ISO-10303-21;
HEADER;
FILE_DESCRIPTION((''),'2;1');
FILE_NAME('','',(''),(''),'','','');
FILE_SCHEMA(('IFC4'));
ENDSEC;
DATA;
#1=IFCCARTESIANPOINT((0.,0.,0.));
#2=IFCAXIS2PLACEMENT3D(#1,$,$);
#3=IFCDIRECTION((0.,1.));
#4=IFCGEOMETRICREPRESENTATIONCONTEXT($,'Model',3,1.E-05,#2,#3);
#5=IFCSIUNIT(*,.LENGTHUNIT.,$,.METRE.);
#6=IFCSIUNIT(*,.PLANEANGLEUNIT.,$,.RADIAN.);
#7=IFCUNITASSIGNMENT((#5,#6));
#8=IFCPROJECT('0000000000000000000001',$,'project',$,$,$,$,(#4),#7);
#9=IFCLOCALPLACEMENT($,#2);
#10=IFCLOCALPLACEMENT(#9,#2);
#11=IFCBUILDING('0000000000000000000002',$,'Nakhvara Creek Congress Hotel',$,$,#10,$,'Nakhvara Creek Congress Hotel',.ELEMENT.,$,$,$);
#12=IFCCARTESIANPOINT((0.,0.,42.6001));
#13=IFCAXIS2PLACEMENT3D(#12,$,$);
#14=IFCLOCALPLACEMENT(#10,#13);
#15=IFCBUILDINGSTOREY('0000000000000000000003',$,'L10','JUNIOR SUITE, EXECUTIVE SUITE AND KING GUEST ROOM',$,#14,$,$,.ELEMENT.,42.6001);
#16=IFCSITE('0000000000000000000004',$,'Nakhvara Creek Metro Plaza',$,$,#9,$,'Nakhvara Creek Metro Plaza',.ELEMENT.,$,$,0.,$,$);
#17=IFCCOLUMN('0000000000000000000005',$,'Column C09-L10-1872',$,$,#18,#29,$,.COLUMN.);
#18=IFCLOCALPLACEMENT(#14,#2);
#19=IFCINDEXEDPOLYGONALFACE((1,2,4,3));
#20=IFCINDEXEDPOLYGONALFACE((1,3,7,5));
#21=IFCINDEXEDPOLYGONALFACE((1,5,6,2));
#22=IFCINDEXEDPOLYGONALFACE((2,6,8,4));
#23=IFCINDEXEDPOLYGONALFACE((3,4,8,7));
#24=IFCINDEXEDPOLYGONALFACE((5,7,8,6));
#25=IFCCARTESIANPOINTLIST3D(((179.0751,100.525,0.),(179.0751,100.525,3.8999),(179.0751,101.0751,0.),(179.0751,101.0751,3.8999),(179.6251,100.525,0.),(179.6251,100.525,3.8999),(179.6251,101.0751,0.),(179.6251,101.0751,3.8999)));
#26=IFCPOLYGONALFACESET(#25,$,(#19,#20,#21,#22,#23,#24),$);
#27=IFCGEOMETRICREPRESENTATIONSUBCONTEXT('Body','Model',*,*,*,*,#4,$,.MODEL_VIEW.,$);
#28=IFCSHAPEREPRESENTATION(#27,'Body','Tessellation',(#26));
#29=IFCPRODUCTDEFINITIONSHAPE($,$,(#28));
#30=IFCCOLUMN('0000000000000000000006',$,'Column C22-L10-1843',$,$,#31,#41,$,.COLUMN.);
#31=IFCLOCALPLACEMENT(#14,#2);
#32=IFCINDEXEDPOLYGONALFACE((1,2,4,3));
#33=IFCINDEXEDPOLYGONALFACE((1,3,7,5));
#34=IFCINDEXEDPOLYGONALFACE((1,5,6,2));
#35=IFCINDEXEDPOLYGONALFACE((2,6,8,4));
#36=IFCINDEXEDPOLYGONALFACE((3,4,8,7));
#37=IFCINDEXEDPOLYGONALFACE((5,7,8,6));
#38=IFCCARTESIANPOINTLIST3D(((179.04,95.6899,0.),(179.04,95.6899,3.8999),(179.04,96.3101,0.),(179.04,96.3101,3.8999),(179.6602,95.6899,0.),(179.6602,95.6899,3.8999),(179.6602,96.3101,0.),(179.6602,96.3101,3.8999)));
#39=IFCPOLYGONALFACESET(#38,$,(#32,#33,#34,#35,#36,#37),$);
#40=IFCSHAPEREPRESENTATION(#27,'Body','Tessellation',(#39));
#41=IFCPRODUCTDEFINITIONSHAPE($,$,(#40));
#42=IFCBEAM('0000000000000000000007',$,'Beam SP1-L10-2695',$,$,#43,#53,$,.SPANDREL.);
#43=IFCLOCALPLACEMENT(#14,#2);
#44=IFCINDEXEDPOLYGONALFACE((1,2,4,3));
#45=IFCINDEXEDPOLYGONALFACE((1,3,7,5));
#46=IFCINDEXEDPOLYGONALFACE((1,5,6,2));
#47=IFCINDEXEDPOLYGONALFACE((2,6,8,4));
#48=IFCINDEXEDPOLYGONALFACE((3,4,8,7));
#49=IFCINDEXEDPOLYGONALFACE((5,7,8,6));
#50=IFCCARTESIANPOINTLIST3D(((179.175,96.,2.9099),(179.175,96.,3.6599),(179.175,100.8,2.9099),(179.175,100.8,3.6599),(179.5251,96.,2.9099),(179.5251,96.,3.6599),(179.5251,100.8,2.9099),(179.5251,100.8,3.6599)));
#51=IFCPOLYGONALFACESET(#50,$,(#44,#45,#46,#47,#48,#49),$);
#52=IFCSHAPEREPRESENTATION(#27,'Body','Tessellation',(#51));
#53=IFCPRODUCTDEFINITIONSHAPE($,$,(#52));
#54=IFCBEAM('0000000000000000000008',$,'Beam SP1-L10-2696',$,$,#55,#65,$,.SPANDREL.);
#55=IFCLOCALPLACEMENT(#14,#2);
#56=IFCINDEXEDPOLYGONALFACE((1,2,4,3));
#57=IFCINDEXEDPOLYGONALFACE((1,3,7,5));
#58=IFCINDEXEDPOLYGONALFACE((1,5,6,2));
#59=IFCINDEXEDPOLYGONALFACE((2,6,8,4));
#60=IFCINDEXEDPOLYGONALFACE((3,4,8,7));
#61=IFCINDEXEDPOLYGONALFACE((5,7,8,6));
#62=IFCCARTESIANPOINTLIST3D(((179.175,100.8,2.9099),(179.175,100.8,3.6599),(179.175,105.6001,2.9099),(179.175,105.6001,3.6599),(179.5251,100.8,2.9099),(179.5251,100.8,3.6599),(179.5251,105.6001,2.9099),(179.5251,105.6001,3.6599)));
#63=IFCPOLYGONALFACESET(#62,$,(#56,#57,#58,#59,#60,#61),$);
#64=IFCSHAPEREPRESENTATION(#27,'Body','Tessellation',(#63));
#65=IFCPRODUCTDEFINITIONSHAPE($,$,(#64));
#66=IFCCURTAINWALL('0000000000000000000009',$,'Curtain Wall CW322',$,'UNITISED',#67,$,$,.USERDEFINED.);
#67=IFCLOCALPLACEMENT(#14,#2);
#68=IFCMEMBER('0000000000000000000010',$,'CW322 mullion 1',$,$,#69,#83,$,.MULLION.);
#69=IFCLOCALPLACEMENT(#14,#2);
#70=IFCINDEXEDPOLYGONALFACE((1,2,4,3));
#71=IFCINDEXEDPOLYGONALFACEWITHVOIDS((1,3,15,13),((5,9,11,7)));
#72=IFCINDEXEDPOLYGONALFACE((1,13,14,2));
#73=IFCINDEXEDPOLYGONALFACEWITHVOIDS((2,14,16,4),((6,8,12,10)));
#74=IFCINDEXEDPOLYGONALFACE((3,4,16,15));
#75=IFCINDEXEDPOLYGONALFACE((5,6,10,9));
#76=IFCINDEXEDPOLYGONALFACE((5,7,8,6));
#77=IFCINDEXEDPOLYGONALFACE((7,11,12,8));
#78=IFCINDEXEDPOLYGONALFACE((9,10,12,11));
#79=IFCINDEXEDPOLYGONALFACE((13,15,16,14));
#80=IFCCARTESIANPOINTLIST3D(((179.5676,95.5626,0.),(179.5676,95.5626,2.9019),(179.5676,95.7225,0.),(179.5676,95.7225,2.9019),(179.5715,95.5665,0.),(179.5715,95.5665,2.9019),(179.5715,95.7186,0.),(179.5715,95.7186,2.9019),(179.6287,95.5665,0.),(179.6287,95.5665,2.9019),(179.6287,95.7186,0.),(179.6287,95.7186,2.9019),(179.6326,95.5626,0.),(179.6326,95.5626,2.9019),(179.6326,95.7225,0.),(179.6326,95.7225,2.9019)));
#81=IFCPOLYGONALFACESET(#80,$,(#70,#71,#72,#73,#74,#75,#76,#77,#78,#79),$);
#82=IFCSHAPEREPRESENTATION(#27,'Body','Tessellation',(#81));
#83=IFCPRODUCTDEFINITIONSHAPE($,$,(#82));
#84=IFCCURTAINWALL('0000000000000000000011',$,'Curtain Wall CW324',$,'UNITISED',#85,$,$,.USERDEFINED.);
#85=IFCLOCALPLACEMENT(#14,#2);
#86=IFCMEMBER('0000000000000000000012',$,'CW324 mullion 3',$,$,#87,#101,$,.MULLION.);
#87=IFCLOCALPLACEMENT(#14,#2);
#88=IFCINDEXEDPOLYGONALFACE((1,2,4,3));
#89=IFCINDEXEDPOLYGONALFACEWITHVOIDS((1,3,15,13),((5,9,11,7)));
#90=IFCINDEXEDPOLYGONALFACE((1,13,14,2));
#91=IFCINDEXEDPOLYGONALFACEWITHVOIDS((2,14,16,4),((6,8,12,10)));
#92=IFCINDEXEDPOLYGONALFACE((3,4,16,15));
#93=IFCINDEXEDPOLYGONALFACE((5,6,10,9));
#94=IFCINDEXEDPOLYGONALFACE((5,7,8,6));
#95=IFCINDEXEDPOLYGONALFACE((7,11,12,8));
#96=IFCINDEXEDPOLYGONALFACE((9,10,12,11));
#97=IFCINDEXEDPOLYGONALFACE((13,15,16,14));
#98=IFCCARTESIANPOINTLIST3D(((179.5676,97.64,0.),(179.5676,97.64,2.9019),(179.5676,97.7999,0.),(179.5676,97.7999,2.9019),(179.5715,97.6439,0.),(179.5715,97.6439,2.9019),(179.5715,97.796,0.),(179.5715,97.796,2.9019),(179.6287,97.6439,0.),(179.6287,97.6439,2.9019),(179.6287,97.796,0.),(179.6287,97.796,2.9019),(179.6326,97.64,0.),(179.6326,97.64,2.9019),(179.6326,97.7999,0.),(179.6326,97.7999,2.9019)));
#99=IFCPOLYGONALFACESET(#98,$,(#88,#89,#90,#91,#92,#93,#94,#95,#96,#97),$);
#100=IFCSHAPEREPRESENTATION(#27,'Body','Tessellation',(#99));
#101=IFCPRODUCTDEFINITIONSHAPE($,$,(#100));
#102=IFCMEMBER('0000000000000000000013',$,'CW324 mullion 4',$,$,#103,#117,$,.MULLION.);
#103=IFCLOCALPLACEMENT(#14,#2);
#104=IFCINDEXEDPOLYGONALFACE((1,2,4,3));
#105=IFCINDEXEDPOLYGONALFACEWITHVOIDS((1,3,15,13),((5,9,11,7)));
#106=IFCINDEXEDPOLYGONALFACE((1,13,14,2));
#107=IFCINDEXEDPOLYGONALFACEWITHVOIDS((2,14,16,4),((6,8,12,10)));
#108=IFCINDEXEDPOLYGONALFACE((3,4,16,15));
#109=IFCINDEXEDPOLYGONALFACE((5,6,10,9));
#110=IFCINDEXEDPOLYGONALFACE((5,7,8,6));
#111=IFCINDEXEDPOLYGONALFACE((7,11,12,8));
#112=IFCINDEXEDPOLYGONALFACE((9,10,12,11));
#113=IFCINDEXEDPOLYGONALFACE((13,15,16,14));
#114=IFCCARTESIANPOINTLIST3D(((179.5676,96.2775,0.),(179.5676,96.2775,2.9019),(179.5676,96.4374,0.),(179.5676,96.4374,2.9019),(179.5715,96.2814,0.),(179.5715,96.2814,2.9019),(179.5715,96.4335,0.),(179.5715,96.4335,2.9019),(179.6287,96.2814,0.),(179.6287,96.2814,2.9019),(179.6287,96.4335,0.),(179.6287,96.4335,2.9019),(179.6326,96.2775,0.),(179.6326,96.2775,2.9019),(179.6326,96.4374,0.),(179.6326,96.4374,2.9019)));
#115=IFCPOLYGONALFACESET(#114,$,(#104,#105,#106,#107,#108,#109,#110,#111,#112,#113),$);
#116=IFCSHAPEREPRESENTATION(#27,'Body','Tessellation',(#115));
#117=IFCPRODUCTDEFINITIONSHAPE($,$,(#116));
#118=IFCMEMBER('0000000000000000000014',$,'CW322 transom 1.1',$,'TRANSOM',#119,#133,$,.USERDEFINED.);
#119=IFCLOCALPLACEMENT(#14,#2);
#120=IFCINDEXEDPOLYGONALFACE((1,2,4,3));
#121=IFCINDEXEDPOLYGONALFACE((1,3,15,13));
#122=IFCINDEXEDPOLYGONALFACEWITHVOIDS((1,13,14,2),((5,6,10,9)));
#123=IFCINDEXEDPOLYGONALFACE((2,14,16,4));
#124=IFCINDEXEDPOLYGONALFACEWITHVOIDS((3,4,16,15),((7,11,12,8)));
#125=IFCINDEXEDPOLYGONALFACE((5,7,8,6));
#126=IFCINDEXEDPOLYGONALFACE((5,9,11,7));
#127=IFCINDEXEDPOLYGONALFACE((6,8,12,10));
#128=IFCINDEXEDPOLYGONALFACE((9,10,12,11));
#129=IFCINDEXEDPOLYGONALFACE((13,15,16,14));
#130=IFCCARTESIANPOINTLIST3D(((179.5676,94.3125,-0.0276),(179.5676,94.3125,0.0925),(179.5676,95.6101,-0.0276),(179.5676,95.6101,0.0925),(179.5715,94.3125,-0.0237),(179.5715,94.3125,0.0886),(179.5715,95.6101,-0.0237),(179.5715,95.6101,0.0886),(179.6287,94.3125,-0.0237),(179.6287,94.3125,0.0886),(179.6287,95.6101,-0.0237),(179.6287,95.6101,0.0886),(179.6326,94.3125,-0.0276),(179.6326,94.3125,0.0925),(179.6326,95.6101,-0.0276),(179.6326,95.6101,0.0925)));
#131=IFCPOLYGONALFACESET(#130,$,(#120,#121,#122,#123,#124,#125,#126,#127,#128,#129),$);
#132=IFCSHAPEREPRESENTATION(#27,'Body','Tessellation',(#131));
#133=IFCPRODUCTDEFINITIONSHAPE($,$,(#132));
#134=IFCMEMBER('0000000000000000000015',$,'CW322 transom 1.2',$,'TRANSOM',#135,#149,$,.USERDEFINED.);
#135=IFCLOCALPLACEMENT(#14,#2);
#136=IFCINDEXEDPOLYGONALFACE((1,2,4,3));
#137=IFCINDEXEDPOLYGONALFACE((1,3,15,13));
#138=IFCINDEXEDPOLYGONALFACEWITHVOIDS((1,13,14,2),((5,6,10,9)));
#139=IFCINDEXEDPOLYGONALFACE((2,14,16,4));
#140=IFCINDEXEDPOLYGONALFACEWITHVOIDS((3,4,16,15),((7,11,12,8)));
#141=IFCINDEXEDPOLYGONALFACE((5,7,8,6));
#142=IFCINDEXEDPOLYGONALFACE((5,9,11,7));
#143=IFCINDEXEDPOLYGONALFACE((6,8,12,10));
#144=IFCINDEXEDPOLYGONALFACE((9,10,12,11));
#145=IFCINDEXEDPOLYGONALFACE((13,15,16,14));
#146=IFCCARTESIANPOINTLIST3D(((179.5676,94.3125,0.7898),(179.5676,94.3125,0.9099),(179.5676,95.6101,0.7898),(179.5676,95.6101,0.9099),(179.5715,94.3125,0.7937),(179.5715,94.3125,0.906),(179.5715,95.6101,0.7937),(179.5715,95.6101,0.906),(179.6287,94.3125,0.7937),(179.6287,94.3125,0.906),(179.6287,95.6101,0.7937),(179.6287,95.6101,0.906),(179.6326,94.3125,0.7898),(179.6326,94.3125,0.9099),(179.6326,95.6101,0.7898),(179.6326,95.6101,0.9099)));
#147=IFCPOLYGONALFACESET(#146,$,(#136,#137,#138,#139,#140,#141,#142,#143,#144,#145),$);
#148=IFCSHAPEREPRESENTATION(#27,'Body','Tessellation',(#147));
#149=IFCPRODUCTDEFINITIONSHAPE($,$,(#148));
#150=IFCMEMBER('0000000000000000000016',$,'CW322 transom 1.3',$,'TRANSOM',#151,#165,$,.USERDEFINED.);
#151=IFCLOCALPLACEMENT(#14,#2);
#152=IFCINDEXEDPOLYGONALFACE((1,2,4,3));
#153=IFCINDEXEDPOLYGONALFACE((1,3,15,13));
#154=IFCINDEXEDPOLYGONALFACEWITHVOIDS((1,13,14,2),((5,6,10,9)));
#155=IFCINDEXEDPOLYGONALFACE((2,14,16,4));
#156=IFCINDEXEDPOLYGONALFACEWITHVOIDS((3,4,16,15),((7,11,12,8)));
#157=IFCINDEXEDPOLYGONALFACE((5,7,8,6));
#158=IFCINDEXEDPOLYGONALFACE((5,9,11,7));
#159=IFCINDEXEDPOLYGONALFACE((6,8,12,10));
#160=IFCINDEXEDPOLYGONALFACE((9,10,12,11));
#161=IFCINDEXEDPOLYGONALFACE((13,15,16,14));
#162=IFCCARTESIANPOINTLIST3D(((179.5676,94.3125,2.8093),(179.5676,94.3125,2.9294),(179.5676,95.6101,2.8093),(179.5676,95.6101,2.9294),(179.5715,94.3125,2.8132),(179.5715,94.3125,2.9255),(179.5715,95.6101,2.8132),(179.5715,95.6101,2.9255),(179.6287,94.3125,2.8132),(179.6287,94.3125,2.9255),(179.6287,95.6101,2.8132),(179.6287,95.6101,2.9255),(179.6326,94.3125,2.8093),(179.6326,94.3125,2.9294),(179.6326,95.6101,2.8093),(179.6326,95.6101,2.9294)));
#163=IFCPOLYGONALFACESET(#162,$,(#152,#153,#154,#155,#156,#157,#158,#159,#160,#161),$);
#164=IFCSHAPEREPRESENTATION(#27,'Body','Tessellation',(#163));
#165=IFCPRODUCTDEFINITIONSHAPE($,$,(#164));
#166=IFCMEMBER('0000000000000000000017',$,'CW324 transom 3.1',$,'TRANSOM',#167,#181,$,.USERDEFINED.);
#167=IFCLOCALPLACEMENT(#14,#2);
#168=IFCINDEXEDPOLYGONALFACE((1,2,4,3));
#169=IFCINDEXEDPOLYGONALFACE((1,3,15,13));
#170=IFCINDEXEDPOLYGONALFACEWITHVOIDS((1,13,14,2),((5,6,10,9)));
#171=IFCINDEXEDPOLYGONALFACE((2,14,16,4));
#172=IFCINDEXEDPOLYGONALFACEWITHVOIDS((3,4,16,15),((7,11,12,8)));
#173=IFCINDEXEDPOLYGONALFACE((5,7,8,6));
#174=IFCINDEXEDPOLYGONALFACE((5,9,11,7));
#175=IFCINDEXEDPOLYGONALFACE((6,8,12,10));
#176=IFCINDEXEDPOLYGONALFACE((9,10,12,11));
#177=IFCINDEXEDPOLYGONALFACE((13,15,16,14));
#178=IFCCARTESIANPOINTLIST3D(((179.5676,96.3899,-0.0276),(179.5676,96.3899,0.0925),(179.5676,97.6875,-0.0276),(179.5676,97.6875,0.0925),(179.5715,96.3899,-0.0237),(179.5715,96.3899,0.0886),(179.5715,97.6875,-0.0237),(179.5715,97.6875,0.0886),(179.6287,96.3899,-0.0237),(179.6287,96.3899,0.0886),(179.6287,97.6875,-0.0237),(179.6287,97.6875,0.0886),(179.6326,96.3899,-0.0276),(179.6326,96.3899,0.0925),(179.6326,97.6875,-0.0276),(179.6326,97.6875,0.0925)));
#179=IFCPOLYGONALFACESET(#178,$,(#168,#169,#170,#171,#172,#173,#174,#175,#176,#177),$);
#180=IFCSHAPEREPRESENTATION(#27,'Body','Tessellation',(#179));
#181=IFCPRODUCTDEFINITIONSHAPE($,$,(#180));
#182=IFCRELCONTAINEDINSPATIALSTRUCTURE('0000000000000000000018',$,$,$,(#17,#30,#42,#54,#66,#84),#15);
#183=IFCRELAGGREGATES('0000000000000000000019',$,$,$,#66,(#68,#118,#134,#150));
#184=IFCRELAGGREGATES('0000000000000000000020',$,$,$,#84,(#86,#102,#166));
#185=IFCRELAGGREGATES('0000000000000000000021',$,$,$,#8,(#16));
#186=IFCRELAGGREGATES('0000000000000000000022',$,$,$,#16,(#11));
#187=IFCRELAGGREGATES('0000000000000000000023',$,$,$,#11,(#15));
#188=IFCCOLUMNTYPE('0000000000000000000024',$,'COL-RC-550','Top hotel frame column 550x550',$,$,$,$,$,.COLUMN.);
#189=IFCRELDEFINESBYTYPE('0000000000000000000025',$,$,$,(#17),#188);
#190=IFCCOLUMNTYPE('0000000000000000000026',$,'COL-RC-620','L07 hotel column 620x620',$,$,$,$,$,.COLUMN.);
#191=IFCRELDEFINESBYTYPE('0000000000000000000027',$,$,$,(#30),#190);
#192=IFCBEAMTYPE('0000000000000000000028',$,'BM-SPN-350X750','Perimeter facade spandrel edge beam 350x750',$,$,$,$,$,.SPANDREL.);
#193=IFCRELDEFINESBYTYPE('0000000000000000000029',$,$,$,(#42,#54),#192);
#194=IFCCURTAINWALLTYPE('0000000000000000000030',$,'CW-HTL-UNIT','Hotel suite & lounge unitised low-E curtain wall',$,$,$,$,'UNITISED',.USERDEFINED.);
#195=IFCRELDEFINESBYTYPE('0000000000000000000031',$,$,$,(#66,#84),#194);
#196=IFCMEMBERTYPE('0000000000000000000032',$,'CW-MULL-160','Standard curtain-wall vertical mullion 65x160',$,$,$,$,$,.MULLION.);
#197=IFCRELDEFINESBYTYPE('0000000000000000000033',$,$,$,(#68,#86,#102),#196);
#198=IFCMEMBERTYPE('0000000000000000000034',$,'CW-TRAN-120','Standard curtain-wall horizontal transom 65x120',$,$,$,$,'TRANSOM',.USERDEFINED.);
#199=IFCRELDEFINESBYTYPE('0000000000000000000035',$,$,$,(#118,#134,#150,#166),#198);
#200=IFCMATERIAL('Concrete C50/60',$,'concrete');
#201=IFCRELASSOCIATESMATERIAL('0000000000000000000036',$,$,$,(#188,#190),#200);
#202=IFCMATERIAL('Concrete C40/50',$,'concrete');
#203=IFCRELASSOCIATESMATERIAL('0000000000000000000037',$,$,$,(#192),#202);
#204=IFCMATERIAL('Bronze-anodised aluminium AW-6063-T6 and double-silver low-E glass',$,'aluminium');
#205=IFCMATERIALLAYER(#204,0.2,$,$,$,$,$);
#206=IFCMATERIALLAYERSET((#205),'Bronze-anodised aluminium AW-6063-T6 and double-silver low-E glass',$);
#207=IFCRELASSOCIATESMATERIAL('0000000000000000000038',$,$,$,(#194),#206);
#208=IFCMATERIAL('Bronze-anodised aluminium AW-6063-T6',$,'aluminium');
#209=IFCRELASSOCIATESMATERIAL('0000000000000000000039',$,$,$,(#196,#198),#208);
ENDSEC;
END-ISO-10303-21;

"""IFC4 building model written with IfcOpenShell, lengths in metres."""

from ifc_helpers import new_model, si_unit, direction, frame, origin, origin_2d, place, context, subcontext, project, spatial, rectangle, hollow_rectangle, extrude, material, layer, layer_set, material_profile, profile_set, type_object, element, aggregate, save


model = new_model("IFC4")

# Units and contexts
model_context = context("Model", 3, precision=1e-05, world=origin(), true_north=direction((0.0, 1.0)))
body_context = subcontext(model_context, "Body", "Model", "MODEL_VIEW")
ifc_project = project(units=[si_unit("LENGTHUNIT", "METRE"), si_unit("PLANEANGLEUNIT", "RADIAN")], contexts=[model_context])

# Site, building, storey
site_placement = place(None, origin())
site = spatial("IfcSite", under=ifc_project, at=site_placement, Name="Nakhvara Creek Metro Plaza", LongName="Nakhvara Creek Metro Plaza", CompositionType="ELEMENT", RefElevation=0.0)
building_placement = place(site_placement, origin())
building = spatial("IfcBuilding", under=site, at=building_placement, Name="Nakhvara Creek Congress Hotel", LongName="Nakhvara Creek Congress Hotel", CompositionType="ELEMENT")
storey_placement = place(building_placement, frame((0.0, 0.0, 42.6001)))
storey = spatial("IfcBuildingStorey", under=building, at=storey_placement, Name="L10", Description="JUNIOR SUITE, EXECUTIVE SUITE AND KING GUEST ROOM", CompositionType="ELEMENT", Elevation=42.6001)

# Columns
ifc_material_1 = material(Name="Concrete C50/60", Category="concrete")
ifc_material_profile_1 = material_profile(ifc_material_1, rectangle(XDim=0.55, YDim=0.55, at=origin_2d()), Name="RC-COL 550x550", Category="LoadBearing")
ifc_profile_set_1 = profile_set([ifc_material_profile_1], Name="Concrete C50/60")
column_type_1 = type_object("IfcColumnType", Name="COL-RC-550", Description="Top hotel frame column 550x550", PredefinedType="COLUMN", material=ifc_profile_set_1)
column_1_placement = place(storey_placement, frame((179.3501, 100.8, 0.0), z_axis=(0.0, 0.0, 1.0), x_axis=(1.0, 0.0, 0.0)))
element("IfcColumn", 1, at=column_1_placement, inside=storey, type_object=column_type_1, Name="Column C09-L10-1872", PredefinedType="COLUMN", context=body_context, shape_type="SweptSolid", body=[
    extrude(rectangle(XDim=0.55, YDim=0.55, at=origin_2d()), origin(), (0.0, 0.0, 1.0), 3.8999),
])
ifc_material_profile_2 = material_profile(ifc_material_1, rectangle(XDim=0.6201, YDim=0.6201, at=origin_2d()), Name="RC-COL 620x620", Category="LoadBearing")
ifc_profile_set_2 = profile_set([ifc_material_profile_2], Name="Concrete C50/60")
column_type_2 = type_object("IfcColumnType", Name="COL-RC-620", Description="L07 hotel column 620x620", PredefinedType="COLUMN", material=ifc_profile_set_2)
column_2_placement = place(storey_placement, frame((179.3501, 96.0, 0.0), z_axis=(0.0, 0.0, 1.0), x_axis=(1.0, 0.0, 0.0)))
element("IfcColumn", 2, at=column_2_placement, inside=storey, type_object=column_type_2, Name="Column C22-L10-1843", PredefinedType="COLUMN", context=body_context, shape_type="SweptSolid", body=[
    extrude(rectangle(XDim=0.6201, YDim=0.6201, at=origin_2d()), origin(), (0.0, 0.0, 1.0), 3.8999),
])

# Beams
ifc_material_2 = material(Name="Concrete C40/50", Category="concrete")
ifc_material_profile_3 = material_profile(ifc_material_2, rectangle(XDim=0.3501, YDim=0.75, at=origin_2d()), Name="RC-SPANDREL 350x750", Category="LoadBearing")
ifc_profile_set_3 = profile_set([ifc_material_profile_3], Name="Concrete C40/50")
beam_type = type_object("IfcBeamType", Name="BM-SPN-350X750", Description="Perimeter facade spandrel edge beam 350x750", PredefinedType="SPANDREL", material=ifc_profile_set_3)
for number, where, z_axis, x_axis, name in (
    (3, (179.3501, 96.0, 3.2849), (0.0, 1.0, 0.0), (-1.0, 0.0, 0.0), "Beam SP1-L10-2695"),
    (4, (179.3501, 100.8, 3.2849), (0.0, 1.0, 0.0), (-1.0, 0.0, 0.0), "Beam SP1-L10-2696"),
):
    element("IfcBeam", number, at=place(storey_placement, frame(where, z_axis=z_axis, x_axis=x_axis)), inside=storey, type_object=beam_type, Name=name, PredefinedType="SPANDREL", context=body_context, shape_type="SweptSolid", body=[
        extrude(rectangle(XDim=0.3501, YDim=0.75, at=origin_2d()), origin(), (0.0, 0.0, 1.0), 4.8),
    ])

# Curtain wall, member
ifc_material_3 = material(Name="Bronze-anodised aluminium AW-6063-T6 and double-silver low-E glass", Category="aluminium")
ifc_layer = layer(ifc_material_3, 0.2)
ifc_layer_set = layer_set([ifc_layer], Name="Bronze-anodised aluminium AW-6063-T6 and double-silver low-E glass")
curtain_wall_type = type_object("IfcCurtainWallType", Name="CW-HTL-UNIT", Description="Hotel suite & lounge unitised low-E curtain wall", ElementType="UNITISED", PredefinedType="USERDEFINED", material=ifc_layer_set)
curtain_wall_1_placement = place(storey_placement, origin())
curtain_wall_1 = element("IfcCurtainWall", 5, at=curtain_wall_1_placement, inside=storey, type_object=curtain_wall_type, Name="Curtain Wall CW322", ObjectType="UNITISED", PredefinedType="USERDEFINED")
ifc_material_4 = material(Name="Bronze-anodised aluminium AW-6063-T6", Category="aluminium")
ifc_material_profile_4 = material_profile(ifc_material_4, hollow_rectangle(XDim=0.0649, YDim=0.1599, WallThickness=0.0039, at=origin_2d()), Name="ALU-MULL 65x160x4", Category="LoadBearing")
ifc_profile_set_4 = profile_set([ifc_material_profile_4], Name="Bronze-anodised aluminium AW-6063-T6")
member_type_1 = type_object("IfcMemberType", Name="CW-MULL-160", Description="Standard curtain-wall vertical mullion 65x160", PredefinedType="MULLION", material=ifc_profile_set_4)
member_1_placement = place(storey_placement, frame((179.6001, 95.6426, 0.0), z_axis=(0.0, 0.0, 1.0), x_axis=(1.0, 0.0, 0.0)))
member_1 = element("IfcMember", 6, at=member_1_placement, type_object=member_type_1, Name="CW322 mullion 1", PredefinedType="MULLION", context=body_context, shape_type="SweptSolid", body=[
    extrude(hollow_rectangle(XDim=0.0649, YDim=0.1599, WallThickness=0.0039, at=origin_2d()), origin(), (0.0, 0.0, 1.0), 2.9019),
])

# Curtain wall, members
curtain_wall_2_placement = place(storey_placement, origin())
curtain_wall_2 = element("IfcCurtainWall", 7, at=curtain_wall_2_placement, inside=storey, type_object=curtain_wall_type, Name="Curtain Wall CW324", ObjectType="UNITISED", PredefinedType="USERDEFINED")
member_2_placement = place(storey_placement, frame((179.6001, 97.72, 0.0), z_axis=(0.0, 0.0, 1.0), x_axis=(1.0, 0.0, 0.0)))
member_2 = element("IfcMember", 8, at=member_2_placement, type_object=member_type_1, Name="CW324 mullion 3", PredefinedType="MULLION", context=body_context, shape_type="SweptSolid", body=[
    extrude(hollow_rectangle(XDim=0.0649, YDim=0.1599, WallThickness=0.0039, at=origin_2d()), origin(), (0.0, 0.0, 1.0), 2.9019),
])
member_3_placement = place(storey_placement, frame((179.6001, 96.3574, 0.0), z_axis=(0.0, 0.0, 1.0), x_axis=(1.0, 0.0, 0.0)))
member_3 = element("IfcMember", 9, at=member_3_placement, type_object=member_type_1, Name="CW324 mullion 4", PredefinedType="MULLION", context=body_context, shape_type="SweptSolid", body=[
    extrude(hollow_rectangle(XDim=0.0649, YDim=0.1599, WallThickness=0.0039, at=origin_2d()), origin(), (0.0, 0.0, 1.0), 2.9019),
])

# Members
ifc_material_profile_5 = material_profile(ifc_material_4, hollow_rectangle(XDim=0.0649, YDim=0.1201, WallThickness=0.0039, at=origin_2d()), Name="ALU-TRAN 65x120x4", Category="LoadBearing")
ifc_profile_set_5 = profile_set([ifc_material_profile_5], Name="Bronze-anodised aluminium AW-6063-T6")
member_type_2 = type_object("IfcMemberType", Name="CW-TRAN-120", Description="Standard curtain-wall horizontal transom 65x120", ElementType="TRANSOM", PredefinedType="USERDEFINED", material=ifc_profile_set_5)
member_4_placement = place(storey_placement, frame((179.6001, 95.6101, 0.0325), z_axis=(0.0, -1.0, 0.0), x_axis=(1.0, 0.0, 0.0)))
member_4 = element("IfcMember", 10, at=member_4_placement, type_object=member_type_2, Name="CW322 transom 1.1", ObjectType="TRANSOM", PredefinedType="USERDEFINED", context=body_context, shape_type="SweptSolid", body=[
    extrude(hollow_rectangle(XDim=0.0649, YDim=0.1201, WallThickness=0.0039, at=origin_2d()), origin(), (0.0, 0.0, 1.0), 1.2976),
])
member_5_placement = place(storey_placement, frame((179.6001, 95.6101, 0.8499), z_axis=(0.0, -1.0, 0.0), x_axis=(1.0, 0.0, 0.0)))
member_5 = element("IfcMember", 11, at=member_5_placement, type_object=member_type_2, Name="CW322 transom 1.2", ObjectType="TRANSOM", PredefinedType="USERDEFINED", context=body_context, shape_type="SweptSolid", body=[
    extrude(hollow_rectangle(XDim=0.0649, YDim=0.1201, WallThickness=0.0039, at=origin_2d()), origin(), (0.0, 0.0, 1.0), 1.2976),
])
member_6_placement = place(storey_placement, frame((179.6001, 95.6101, 2.8694), z_axis=(0.0, -1.0, 0.0), x_axis=(1.0, 0.0, 0.0)))
member_6 = element("IfcMember", 12, at=member_6_placement, type_object=member_type_2, Name="CW322 transom 1.3", ObjectType="TRANSOM", PredefinedType="USERDEFINED", context=body_context, shape_type="SweptSolid", body=[
    extrude(hollow_rectangle(XDim=0.0649, YDim=0.1201, WallThickness=0.0039, at=origin_2d()), origin(), (0.0, 0.0, 1.0), 1.2976),
])
member_7_placement = place(storey_placement, frame((179.6001, 97.6875, 0.0325), z_axis=(0.0, -1.0, 0.0), x_axis=(1.0, 0.0, 0.0)))
member_7 = element("IfcMember", 13, at=member_7_placement, type_object=member_type_2, Name="CW324 transom 3.1", ObjectType="TRANSOM", PredefinedType="USERDEFINED", context=body_context, shape_type="SweptSolid", body=[
    extrude(hollow_rectangle(XDim=0.0649, YDim=0.1201, WallThickness=0.0039, at=origin_2d()), origin(), (0.0, 0.0, 1.0), 1.2976),
])

aggregate(curtain_wall_1, [member_1, member_4, member_5, member_6])
aggregate(curtain_wall_2, [member_2, member_3, member_7])

save(model, "model.ifc")
